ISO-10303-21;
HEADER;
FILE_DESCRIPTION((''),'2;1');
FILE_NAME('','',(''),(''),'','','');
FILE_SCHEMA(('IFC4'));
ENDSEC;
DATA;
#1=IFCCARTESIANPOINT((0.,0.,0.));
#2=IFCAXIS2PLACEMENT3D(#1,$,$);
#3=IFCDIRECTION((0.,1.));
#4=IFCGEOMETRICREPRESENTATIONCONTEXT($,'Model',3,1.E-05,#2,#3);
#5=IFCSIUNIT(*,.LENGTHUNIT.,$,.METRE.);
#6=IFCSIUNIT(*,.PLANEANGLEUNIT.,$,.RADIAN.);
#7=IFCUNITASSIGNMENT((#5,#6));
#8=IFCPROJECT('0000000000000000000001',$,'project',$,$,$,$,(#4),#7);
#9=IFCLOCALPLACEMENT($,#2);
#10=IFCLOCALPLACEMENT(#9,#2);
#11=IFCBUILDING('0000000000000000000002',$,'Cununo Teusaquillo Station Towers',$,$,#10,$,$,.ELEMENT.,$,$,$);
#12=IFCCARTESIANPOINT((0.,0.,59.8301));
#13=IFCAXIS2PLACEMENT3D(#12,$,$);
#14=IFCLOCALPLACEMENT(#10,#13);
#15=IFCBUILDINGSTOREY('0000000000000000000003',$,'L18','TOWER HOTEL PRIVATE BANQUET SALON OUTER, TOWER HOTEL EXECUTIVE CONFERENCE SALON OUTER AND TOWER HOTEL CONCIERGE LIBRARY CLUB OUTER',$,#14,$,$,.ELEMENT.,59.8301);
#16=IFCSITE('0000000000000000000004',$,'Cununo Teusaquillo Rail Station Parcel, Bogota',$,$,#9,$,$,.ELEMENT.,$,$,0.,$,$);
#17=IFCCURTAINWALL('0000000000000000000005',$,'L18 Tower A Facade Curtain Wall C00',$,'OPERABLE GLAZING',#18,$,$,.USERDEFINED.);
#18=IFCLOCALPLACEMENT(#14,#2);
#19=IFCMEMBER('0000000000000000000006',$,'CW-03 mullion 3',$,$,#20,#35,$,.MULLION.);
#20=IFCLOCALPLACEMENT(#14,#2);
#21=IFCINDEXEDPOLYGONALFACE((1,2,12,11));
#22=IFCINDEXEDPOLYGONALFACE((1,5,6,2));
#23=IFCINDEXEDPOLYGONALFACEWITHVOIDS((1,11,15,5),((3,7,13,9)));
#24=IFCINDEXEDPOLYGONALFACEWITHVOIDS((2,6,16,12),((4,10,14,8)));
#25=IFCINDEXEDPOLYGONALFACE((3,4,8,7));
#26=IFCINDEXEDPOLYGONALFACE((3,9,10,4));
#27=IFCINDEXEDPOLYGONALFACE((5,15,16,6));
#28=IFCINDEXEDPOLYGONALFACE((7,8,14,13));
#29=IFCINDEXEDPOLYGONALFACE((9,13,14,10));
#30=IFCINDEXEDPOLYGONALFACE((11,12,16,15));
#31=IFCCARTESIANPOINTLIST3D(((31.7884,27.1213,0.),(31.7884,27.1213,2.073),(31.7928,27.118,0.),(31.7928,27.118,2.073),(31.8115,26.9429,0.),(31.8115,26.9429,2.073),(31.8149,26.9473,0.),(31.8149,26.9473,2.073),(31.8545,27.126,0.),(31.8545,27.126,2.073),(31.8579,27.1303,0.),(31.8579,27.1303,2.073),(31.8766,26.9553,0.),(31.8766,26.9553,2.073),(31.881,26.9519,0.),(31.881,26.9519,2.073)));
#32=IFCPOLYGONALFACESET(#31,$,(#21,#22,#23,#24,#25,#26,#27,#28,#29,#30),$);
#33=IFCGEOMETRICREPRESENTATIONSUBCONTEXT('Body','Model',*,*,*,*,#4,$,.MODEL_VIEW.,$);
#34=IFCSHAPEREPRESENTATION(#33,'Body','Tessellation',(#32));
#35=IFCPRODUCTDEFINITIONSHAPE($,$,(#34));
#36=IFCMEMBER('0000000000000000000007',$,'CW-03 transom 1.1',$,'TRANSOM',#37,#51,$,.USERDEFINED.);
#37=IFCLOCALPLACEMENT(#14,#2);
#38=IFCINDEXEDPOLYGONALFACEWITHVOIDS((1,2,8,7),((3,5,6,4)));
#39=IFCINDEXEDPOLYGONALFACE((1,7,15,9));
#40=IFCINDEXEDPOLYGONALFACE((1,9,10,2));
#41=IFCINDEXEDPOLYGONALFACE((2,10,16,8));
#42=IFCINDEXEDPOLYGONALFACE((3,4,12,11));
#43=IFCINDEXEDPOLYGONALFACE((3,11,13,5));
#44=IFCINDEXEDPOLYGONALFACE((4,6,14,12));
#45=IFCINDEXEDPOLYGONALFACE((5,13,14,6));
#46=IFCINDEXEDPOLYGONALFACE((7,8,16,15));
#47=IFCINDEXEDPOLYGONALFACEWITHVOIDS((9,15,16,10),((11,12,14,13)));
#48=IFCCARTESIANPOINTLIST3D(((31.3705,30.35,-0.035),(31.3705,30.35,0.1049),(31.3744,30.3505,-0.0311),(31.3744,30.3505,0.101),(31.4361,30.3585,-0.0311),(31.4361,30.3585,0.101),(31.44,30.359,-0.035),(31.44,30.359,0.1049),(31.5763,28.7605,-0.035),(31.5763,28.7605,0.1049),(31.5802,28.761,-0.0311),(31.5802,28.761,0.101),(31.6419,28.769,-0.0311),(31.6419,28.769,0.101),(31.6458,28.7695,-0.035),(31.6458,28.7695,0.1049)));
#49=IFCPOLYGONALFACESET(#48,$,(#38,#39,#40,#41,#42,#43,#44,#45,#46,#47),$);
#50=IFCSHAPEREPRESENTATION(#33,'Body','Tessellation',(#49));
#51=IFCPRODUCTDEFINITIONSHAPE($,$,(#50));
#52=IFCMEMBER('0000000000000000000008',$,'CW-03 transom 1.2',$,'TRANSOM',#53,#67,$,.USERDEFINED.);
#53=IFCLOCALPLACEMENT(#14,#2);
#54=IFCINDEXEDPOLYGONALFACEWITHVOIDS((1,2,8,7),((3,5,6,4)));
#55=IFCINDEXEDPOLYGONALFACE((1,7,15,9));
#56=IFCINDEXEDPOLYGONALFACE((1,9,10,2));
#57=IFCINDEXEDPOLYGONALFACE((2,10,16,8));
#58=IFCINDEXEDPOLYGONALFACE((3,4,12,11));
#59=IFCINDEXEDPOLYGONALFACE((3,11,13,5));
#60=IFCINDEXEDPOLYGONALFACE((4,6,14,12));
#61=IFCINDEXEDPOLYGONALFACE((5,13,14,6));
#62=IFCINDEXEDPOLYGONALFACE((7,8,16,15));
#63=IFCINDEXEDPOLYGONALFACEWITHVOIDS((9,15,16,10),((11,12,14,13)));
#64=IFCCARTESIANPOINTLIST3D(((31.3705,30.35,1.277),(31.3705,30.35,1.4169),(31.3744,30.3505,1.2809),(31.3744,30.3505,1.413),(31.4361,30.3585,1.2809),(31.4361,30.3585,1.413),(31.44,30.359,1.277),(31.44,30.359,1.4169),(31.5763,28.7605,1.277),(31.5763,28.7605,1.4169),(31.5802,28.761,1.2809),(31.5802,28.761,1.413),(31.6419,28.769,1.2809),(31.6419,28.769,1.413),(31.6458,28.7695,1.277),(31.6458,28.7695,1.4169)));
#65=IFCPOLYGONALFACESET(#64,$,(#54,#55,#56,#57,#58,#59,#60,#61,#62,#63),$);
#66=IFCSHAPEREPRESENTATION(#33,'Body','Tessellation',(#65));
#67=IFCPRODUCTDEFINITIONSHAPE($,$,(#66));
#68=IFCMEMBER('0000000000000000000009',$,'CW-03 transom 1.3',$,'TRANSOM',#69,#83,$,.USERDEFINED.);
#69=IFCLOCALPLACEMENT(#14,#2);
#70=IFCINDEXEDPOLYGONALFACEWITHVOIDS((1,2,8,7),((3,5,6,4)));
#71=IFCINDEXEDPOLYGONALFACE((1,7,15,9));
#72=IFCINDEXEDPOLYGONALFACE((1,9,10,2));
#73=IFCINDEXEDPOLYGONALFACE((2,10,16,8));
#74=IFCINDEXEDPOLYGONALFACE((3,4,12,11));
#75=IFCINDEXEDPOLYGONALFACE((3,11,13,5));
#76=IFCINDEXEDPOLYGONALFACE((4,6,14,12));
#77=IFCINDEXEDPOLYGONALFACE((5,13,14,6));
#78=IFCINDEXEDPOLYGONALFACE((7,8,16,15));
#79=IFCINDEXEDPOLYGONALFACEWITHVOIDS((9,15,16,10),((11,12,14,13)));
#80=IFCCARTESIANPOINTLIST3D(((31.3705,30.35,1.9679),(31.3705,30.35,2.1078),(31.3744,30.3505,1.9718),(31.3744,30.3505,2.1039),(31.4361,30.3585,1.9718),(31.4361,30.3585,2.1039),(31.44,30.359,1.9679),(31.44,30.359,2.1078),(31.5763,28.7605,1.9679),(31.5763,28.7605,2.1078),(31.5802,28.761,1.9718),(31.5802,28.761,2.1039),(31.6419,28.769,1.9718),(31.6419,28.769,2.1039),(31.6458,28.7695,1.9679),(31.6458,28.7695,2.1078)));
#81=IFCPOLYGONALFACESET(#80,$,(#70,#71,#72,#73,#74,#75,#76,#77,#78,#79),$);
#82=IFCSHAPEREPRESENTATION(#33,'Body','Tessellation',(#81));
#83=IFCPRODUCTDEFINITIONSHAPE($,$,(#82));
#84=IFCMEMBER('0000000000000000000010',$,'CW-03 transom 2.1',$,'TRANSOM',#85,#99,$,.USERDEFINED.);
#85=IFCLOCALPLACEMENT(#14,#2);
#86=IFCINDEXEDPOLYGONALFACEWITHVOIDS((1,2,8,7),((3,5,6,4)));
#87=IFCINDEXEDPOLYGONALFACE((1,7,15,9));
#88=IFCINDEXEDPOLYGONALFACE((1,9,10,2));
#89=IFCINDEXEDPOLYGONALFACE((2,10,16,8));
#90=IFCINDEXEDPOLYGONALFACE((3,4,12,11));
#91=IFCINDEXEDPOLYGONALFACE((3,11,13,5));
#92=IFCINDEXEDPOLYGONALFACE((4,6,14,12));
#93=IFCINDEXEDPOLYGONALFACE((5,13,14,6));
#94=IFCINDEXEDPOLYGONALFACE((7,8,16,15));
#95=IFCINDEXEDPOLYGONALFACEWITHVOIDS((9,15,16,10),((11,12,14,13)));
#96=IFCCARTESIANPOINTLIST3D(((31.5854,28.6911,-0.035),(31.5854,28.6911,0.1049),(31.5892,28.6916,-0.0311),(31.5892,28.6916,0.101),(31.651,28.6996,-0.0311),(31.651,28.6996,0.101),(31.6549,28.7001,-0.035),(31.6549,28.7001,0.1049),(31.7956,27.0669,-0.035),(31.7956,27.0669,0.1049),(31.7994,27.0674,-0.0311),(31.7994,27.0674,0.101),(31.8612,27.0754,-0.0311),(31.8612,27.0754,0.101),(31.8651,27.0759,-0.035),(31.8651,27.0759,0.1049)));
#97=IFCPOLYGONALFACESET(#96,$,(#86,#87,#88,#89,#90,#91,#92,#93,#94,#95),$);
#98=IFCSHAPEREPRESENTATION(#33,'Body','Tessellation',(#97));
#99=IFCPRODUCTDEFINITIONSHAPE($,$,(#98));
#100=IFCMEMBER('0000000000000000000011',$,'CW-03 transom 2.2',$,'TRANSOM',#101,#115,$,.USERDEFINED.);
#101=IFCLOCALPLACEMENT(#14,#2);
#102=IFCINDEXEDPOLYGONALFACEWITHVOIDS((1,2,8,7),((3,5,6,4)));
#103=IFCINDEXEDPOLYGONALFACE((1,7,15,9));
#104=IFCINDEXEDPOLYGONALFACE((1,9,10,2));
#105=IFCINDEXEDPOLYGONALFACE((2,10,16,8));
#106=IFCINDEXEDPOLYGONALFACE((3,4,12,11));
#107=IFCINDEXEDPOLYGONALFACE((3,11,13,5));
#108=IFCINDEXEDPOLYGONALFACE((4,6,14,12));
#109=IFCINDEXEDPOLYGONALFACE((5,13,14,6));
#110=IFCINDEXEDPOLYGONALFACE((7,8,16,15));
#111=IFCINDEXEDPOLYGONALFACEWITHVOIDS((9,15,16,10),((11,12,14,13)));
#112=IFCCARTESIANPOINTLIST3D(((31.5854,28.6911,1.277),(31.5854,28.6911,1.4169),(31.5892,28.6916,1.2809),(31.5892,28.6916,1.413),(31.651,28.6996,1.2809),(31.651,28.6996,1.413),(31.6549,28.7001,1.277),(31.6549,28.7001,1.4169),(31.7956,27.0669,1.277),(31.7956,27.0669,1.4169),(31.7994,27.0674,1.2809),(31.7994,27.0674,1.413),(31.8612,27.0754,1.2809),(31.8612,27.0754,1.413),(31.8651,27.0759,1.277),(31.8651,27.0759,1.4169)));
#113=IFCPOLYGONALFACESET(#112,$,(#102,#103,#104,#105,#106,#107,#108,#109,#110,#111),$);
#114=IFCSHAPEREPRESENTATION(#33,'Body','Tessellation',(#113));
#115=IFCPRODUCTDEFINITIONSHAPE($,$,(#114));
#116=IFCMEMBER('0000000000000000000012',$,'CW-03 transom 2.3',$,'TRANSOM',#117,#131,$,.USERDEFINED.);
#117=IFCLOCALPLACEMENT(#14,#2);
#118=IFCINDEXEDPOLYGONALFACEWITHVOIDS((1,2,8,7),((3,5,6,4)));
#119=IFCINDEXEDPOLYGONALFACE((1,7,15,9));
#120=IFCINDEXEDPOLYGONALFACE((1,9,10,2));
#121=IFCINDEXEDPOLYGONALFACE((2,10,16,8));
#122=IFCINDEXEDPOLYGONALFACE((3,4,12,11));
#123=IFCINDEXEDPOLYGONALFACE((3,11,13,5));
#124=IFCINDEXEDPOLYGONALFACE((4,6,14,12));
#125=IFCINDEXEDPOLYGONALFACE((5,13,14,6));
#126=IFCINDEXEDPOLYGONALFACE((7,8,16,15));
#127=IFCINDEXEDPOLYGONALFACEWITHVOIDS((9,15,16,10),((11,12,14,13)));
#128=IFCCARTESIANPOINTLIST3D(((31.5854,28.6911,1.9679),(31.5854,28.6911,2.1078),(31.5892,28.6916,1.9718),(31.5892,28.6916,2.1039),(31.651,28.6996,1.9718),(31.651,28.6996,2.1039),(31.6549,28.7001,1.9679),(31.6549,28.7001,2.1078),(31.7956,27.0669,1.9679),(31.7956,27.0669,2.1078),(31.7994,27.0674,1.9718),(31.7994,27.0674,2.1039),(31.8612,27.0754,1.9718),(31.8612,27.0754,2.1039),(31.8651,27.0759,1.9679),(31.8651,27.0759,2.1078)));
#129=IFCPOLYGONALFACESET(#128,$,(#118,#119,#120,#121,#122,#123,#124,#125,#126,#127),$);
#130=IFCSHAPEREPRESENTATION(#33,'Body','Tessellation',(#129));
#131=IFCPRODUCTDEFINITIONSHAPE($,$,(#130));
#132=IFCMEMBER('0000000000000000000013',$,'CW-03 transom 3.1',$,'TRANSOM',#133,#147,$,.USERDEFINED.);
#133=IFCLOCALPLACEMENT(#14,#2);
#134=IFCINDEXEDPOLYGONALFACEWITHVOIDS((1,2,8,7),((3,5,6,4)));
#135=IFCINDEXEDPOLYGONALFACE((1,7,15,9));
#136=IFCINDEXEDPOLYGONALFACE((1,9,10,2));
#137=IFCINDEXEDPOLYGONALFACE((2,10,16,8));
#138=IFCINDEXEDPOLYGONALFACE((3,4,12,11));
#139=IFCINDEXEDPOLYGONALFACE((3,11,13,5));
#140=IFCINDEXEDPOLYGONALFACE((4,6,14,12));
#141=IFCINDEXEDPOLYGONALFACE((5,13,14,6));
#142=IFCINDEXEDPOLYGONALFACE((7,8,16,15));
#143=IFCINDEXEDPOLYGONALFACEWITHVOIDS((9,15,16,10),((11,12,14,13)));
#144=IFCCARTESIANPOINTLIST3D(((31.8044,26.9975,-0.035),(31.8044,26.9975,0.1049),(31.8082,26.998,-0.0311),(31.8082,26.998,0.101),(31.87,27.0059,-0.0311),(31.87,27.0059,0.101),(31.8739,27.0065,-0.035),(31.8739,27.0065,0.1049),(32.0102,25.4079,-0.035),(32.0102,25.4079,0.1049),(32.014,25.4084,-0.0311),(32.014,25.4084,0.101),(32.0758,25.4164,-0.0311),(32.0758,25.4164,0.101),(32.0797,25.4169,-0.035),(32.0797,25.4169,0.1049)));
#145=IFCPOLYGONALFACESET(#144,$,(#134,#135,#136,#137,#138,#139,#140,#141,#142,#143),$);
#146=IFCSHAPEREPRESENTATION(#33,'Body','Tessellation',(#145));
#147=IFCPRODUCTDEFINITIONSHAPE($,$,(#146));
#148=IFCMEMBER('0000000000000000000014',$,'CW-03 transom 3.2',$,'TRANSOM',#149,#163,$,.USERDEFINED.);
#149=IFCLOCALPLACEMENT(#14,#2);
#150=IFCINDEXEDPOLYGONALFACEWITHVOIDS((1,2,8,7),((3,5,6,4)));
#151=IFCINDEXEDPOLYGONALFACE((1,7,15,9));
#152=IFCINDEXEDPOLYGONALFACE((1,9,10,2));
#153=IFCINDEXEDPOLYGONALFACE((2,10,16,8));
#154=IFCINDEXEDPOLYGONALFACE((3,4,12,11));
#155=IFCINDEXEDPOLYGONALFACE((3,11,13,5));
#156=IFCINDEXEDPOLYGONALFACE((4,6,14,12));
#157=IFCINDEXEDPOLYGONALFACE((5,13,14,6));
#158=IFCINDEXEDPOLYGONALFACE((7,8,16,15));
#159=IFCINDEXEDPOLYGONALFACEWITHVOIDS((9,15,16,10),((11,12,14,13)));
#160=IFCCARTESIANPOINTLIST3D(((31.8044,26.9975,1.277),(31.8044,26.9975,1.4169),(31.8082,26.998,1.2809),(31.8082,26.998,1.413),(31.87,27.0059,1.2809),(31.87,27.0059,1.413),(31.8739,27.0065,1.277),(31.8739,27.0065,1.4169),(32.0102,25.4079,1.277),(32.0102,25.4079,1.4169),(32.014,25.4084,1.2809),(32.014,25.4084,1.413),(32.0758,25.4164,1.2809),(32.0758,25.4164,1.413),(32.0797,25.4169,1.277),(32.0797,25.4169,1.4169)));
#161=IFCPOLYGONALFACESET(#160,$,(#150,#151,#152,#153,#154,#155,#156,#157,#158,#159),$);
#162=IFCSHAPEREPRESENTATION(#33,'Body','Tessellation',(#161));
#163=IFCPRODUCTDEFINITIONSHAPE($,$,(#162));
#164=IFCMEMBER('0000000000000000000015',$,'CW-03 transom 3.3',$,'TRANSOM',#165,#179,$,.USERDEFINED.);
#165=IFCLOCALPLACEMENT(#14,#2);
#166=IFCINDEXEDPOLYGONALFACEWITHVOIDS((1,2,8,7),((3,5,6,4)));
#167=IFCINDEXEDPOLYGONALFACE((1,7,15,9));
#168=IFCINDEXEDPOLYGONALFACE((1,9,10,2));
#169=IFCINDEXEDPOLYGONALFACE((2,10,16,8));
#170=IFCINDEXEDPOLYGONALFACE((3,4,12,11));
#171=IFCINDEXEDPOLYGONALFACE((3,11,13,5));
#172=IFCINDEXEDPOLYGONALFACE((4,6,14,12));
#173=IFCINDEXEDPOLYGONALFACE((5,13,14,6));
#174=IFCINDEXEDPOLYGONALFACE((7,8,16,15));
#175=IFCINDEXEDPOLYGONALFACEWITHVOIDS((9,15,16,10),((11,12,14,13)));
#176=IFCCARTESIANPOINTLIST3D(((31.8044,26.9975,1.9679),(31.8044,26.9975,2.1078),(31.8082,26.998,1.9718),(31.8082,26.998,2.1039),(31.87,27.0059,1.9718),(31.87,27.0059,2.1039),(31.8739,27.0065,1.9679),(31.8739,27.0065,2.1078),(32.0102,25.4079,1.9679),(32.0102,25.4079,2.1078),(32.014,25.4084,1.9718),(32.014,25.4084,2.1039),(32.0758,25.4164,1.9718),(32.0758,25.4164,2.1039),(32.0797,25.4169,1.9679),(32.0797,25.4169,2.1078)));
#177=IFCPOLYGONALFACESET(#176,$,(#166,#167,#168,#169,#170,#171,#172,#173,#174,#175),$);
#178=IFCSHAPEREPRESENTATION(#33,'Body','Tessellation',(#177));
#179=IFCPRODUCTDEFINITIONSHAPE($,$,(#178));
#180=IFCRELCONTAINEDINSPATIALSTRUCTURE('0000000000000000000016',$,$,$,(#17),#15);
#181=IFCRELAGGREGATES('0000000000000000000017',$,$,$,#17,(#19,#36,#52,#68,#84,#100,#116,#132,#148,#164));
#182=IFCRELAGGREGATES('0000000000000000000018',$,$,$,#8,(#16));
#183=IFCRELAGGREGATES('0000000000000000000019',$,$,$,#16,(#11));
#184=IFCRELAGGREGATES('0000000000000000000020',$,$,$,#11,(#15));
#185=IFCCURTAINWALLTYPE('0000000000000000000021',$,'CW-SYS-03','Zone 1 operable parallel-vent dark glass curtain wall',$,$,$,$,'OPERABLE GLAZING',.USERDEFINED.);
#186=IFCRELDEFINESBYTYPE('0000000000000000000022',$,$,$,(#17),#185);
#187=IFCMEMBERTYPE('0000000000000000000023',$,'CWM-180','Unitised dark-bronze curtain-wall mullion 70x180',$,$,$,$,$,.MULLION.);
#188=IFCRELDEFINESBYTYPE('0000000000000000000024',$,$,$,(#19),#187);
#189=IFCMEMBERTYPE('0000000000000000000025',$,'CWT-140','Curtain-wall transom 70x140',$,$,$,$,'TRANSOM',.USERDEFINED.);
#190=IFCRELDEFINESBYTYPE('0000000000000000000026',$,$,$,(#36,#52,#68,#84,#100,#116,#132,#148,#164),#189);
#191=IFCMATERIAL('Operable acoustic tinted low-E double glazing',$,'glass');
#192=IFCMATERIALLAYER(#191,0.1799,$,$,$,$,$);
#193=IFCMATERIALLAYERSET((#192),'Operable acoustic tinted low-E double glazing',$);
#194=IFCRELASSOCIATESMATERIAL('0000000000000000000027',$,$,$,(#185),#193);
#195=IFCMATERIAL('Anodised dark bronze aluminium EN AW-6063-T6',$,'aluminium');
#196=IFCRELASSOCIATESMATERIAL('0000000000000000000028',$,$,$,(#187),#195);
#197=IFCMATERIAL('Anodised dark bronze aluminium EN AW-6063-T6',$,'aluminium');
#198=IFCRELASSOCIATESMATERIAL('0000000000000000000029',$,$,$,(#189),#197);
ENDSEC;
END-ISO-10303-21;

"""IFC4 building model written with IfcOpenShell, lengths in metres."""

from ifc_helpers import new_model, si_unit, direction, frame, origin, origin_2d, place, context, subcontext, project, spatial, hollow_rectangle, extrude, material, layer, layer_set, material_profile, profile_set, type_object, element, aggregate, save


model = new_model("IFC4")

# Units and contexts
model_context = context("Model", 3, precision=1e-05, world=origin(), true_north=direction((0.0, 1.0)))
body_context = subcontext(model_context, "Body", "Model", "MODEL_VIEW")
ifc_project = project(units=[si_unit("LENGTHUNIT", "METRE"), si_unit("PLANEANGLEUNIT", "RADIAN")], contexts=[model_context])

# Site, building, storey
site_placement = place(None, origin())
site = spatial("IfcSite", under=ifc_project, at=site_placement, Name="Cununo Teusaquillo Rail Station Parcel, Bogota", CompositionType="ELEMENT", RefElevation=0.0)
building_placement = place(site_placement, origin())
building = spatial("IfcBuilding", under=site, at=building_placement, Name="Cununo Teusaquillo Station Towers", CompositionType="ELEMENT")
storey_placement = place(building_placement, frame((0.0, 0.0, 59.8301)))
storey = spatial("IfcBuildingStorey", under=building, at=storey_placement, Name="L18", Description="TOWER HOTEL PRIVATE BANQUET SALON OUTER, TOWER HOTEL EXECUTIVE CONFERENCE SALON OUTER AND TOWER HOTEL CONCIERGE LIBRARY CLUB OUTER", CompositionType="ELEMENT", Elevation=59.8301)

# Curtain wall, members
ifc_material_1 = material(Name="Operable acoustic tinted low-E double glazing", Category="glass")
ifc_layer_1 = layer(ifc_material_1, 0.1799)
ifc_layer_set_1 = layer_set([ifc_layer_1], Name="Operable acoustic tinted low-E double glazing")
curtain_wall_type = type_object("IfcCurtainWallType", Name="CW-SYS-03", Description="Zone 1 operable parallel-vent dark glass curtain wall", ElementType="OPERABLE GLAZING", PredefinedType="USERDEFINED", material=ifc_layer_set_1)
curtain_wall_placement = place(storey_placement, origin())
curtain_wall = element("IfcCurtainWall", 1, at=curtain_wall_placement, inside=storey, type_object=curtain_wall_type, Name="L18 Tower A Facade Curtain Wall C00", ObjectType="OPERABLE GLAZING", PredefinedType="USERDEFINED")
ifc_material_2 = material(Name="Anodised dark bronze aluminium EN AW-6063-T6", Category="aluminium")
ifc_material_profile_1 = material_profile(ifc_material_2, hollow_rectangle(XDim=0.0701, YDim=0.1799, WallThickness=0.0039, at=origin_2d()), Name="CW-MULL-70x180")
ifc_profile_set_1 = profile_set([ifc_material_profile_1], Name="Anodised dark bronze aluminium EN AW-6063-T6")
member_type_1 = type_object("IfcMemberType", Name="CWM-180", Description="Unitised dark-bronze curtain-wall mullion 70x180", PredefinedType="MULLION", material=ifc_profile_set_1)
member_1_placement = place(storey_placement, frame((31.8347, 27.0366, 0.0), z_axis=(0.0, 0.0, 1.0), x_axis=(0.991731, 0.128336, 0.0)))
member_1 = element("IfcMember", 2, at=member_1_placement, type_object=member_type_1, Name="CW-03 mullion 3", PredefinedType="MULLION", context=body_context, shape_type="SweptSolid", body=[
    extrude(hollow_rectangle(XDim=0.0701, YDim=0.1799, WallThickness=0.0039, at=origin_2d()), origin(), (0.0, 0.0, 1.0), 2.073),
])
ifc_material_3 = material(Name="Anodised dark bronze aluminium EN AW-6063-T6", Category="aluminium")
ifc_material_profile_2 = material_profile(ifc_material_3, hollow_rectangle(XDim=0.0701, YDim=0.1399, WallThickness=0.0039, at=origin_2d()), Name="CW-TRAN-70x140")
ifc_profile_set_2 = profile_set([ifc_material_profile_2], Name="Anodised dark bronze aluminium EN AW-6063-T6")
member_type_2 = type_object("IfcMemberType", Name="CWT-140", Description="Curtain-wall transom 70x140", ElementType="TRANSOM", PredefinedType="USERDEFINED", material=ifc_profile_set_2)
member_2_placement = place(storey_placement, frame((31.4053, 30.3545, 0.0349), z_axis=(0.128401, -0.991722, 0.0), x_axis=(0.991722, 0.128401, 0.0)))
member_2 = element("IfcMember", 3, at=member_2_placement, type_object=member_type_2, Name="CW-03 transom 1.1", ObjectType="TRANSOM", PredefinedType="USERDEFINED", context=body_context, shape_type="SweptSolid", body=[
    extrude(hollow_rectangle(XDim=0.0701, YDim=0.1399, WallThickness=0.0039, at=origin_2d()), origin(), (0.0, 0.0, 1.0), 1.6028),
])
member_3_placement = place(storey_placement, frame((31.4053, 30.3545, 1.3469), z_axis=(0.128401, -0.991722, 0.0), x_axis=(0.991722, 0.128401, 0.0)))
member_3 = element("IfcMember", 4, at=member_3_placement, type_object=member_type_2, Name="CW-03 transom 1.2", ObjectType="TRANSOM", PredefinedType="USERDEFINED", context=body_context, shape_type="SweptSolid", body=[
    extrude(hollow_rectangle(XDim=0.0701, YDim=0.1399, WallThickness=0.0039, at=origin_2d()), origin(), (0.0, 0.0, 1.0), 1.6028),
])
member_4_placement = place(storey_placement, frame((31.4053, 30.3545, 2.0378), z_axis=(0.128401, -0.991722, 0.0), x_axis=(0.991722, 0.128401, 0.0)))
member_4 = element("IfcMember", 5, at=member_4_placement, type_object=member_type_2, Name="CW-03 transom 1.3", ObjectType="TRANSOM", PredefinedType="USERDEFINED", context=body_context, shape_type="SweptSolid", body=[
    extrude(hollow_rectangle(XDim=0.0701, YDim=0.1399, WallThickness=0.0039, at=origin_2d()), origin(), (0.0, 0.0, 1.0), 1.6028),
])
member_5_placement = place(storey_placement, frame((31.6201, 28.6956, 0.0349), z_axis=(0.128345, -0.99173, 0.0), x_axis=(0.99173, 0.128345, 0.0)))
member_5 = element("IfcMember", 6, at=member_5_placement, type_object=member_type_2, Name="CW-03 transom 2.1", ObjectType="TRANSOM", PredefinedType="USERDEFINED", context=body_context, shape_type="SweptSolid", body=[
    extrude(hollow_rectangle(XDim=0.0701, YDim=0.1399, WallThickness=0.0039, at=origin_2d()), origin(), (0.0, 0.0, 1.0), 1.6377),
])
member_6_placement = place(storey_placement, frame((31.6201, 28.6956, 1.3469), z_axis=(0.128345, -0.99173, 0.0), x_axis=(0.99173, 0.128345, 0.0)))
member_6 = element("IfcMember", 7, at=member_6_placement, type_object=member_type_2, Name="CW-03 transom 2.2", ObjectType="TRANSOM", PredefinedType="USERDEFINED", context=body_context, shape_type="SweptSolid", body=[
    extrude(hollow_rectangle(XDim=0.0701, YDim=0.1399, WallThickness=0.0039, at=origin_2d()), origin(), (0.0, 0.0, 1.0), 1.6377),
])
member_7_placement = place(storey_placement, frame((31.6201, 28.6956, 2.0378), z_axis=(0.128345, -0.99173, 0.0), x_axis=(0.99173, 0.128345, 0.0)))
member_7 = element("IfcMember", 8, at=member_7_placement, type_object=member_type_2, Name="CW-03 transom 2.3", ObjectType="TRANSOM", PredefinedType="USERDEFINED", context=body_context, shape_type="SweptSolid", body=[
    extrude(hollow_rectangle(XDim=0.0701, YDim=0.1399, WallThickness=0.0039, at=origin_2d()), origin(), (0.0, 0.0, 1.0), 1.6377),
])
member_8_placement = place(storey_placement, frame((31.8391, 27.002, 0.0349), z_axis=(0.128401, -0.991722, 0.0), x_axis=(0.991722, 0.128401, 0.0)))
member_8 = element("IfcMember", 9, at=member_8_placement, type_object=member_type_2, Name="CW-03 transom 3.1", ObjectType="TRANSOM", PredefinedType="USERDEFINED", context=body_context, shape_type="SweptSolid", body=[
    extrude(hollow_rectangle(XDim=0.0701, YDim=0.1399, WallThickness=0.0039, at=origin_2d()), origin(), (0.0, 0.0, 1.0), 1.6028),
])
member_9_placement = place(storey_placement, frame((31.8391, 27.002, 1.3469), z_axis=(0.128401, -0.991722, 0.0), x_axis=(0.991722, 0.128401, 0.0)))
member_9 = element("IfcMember", 10, at=member_9_placement, type_object=member_type_2, Name="CW-03 transom 3.2", ObjectType="TRANSOM", PredefinedType="USERDEFINED", context=body_context, shape_type="SweptSolid", body=[
    extrude(hollow_rectangle(XDim=0.0701, YDim=0.1399, WallThickness=0.0039, at=origin_2d()), origin(), (0.0, 0.0, 1.0), 1.6028),
])
member_10_placement = place(storey_placement, frame((31.8391, 27.002, 2.0378), z_axis=(0.128401, -0.991722, 0.0), x_axis=(0.991722, 0.128401, 0.0)))
member_10 = element("IfcMember", 11, at=member_10_placement, type_object=member_type_2, Name="CW-03 transom 3.3", ObjectType="TRANSOM", PredefinedType="USERDEFINED", context=body_context, shape_type="SweptSolid", body=[
    extrude(hollow_rectangle(XDim=0.0701, YDim=0.1399, WallThickness=0.0039, at=origin_2d()), origin(), (0.0, 0.0, 1.0), 1.6028),
])
aggregate(curtain_wall, [member_1, member_2, member_3, member_4, member_5, member_6, member_7, member_8, member_9, member_10])

save(model, "model.ifc")
